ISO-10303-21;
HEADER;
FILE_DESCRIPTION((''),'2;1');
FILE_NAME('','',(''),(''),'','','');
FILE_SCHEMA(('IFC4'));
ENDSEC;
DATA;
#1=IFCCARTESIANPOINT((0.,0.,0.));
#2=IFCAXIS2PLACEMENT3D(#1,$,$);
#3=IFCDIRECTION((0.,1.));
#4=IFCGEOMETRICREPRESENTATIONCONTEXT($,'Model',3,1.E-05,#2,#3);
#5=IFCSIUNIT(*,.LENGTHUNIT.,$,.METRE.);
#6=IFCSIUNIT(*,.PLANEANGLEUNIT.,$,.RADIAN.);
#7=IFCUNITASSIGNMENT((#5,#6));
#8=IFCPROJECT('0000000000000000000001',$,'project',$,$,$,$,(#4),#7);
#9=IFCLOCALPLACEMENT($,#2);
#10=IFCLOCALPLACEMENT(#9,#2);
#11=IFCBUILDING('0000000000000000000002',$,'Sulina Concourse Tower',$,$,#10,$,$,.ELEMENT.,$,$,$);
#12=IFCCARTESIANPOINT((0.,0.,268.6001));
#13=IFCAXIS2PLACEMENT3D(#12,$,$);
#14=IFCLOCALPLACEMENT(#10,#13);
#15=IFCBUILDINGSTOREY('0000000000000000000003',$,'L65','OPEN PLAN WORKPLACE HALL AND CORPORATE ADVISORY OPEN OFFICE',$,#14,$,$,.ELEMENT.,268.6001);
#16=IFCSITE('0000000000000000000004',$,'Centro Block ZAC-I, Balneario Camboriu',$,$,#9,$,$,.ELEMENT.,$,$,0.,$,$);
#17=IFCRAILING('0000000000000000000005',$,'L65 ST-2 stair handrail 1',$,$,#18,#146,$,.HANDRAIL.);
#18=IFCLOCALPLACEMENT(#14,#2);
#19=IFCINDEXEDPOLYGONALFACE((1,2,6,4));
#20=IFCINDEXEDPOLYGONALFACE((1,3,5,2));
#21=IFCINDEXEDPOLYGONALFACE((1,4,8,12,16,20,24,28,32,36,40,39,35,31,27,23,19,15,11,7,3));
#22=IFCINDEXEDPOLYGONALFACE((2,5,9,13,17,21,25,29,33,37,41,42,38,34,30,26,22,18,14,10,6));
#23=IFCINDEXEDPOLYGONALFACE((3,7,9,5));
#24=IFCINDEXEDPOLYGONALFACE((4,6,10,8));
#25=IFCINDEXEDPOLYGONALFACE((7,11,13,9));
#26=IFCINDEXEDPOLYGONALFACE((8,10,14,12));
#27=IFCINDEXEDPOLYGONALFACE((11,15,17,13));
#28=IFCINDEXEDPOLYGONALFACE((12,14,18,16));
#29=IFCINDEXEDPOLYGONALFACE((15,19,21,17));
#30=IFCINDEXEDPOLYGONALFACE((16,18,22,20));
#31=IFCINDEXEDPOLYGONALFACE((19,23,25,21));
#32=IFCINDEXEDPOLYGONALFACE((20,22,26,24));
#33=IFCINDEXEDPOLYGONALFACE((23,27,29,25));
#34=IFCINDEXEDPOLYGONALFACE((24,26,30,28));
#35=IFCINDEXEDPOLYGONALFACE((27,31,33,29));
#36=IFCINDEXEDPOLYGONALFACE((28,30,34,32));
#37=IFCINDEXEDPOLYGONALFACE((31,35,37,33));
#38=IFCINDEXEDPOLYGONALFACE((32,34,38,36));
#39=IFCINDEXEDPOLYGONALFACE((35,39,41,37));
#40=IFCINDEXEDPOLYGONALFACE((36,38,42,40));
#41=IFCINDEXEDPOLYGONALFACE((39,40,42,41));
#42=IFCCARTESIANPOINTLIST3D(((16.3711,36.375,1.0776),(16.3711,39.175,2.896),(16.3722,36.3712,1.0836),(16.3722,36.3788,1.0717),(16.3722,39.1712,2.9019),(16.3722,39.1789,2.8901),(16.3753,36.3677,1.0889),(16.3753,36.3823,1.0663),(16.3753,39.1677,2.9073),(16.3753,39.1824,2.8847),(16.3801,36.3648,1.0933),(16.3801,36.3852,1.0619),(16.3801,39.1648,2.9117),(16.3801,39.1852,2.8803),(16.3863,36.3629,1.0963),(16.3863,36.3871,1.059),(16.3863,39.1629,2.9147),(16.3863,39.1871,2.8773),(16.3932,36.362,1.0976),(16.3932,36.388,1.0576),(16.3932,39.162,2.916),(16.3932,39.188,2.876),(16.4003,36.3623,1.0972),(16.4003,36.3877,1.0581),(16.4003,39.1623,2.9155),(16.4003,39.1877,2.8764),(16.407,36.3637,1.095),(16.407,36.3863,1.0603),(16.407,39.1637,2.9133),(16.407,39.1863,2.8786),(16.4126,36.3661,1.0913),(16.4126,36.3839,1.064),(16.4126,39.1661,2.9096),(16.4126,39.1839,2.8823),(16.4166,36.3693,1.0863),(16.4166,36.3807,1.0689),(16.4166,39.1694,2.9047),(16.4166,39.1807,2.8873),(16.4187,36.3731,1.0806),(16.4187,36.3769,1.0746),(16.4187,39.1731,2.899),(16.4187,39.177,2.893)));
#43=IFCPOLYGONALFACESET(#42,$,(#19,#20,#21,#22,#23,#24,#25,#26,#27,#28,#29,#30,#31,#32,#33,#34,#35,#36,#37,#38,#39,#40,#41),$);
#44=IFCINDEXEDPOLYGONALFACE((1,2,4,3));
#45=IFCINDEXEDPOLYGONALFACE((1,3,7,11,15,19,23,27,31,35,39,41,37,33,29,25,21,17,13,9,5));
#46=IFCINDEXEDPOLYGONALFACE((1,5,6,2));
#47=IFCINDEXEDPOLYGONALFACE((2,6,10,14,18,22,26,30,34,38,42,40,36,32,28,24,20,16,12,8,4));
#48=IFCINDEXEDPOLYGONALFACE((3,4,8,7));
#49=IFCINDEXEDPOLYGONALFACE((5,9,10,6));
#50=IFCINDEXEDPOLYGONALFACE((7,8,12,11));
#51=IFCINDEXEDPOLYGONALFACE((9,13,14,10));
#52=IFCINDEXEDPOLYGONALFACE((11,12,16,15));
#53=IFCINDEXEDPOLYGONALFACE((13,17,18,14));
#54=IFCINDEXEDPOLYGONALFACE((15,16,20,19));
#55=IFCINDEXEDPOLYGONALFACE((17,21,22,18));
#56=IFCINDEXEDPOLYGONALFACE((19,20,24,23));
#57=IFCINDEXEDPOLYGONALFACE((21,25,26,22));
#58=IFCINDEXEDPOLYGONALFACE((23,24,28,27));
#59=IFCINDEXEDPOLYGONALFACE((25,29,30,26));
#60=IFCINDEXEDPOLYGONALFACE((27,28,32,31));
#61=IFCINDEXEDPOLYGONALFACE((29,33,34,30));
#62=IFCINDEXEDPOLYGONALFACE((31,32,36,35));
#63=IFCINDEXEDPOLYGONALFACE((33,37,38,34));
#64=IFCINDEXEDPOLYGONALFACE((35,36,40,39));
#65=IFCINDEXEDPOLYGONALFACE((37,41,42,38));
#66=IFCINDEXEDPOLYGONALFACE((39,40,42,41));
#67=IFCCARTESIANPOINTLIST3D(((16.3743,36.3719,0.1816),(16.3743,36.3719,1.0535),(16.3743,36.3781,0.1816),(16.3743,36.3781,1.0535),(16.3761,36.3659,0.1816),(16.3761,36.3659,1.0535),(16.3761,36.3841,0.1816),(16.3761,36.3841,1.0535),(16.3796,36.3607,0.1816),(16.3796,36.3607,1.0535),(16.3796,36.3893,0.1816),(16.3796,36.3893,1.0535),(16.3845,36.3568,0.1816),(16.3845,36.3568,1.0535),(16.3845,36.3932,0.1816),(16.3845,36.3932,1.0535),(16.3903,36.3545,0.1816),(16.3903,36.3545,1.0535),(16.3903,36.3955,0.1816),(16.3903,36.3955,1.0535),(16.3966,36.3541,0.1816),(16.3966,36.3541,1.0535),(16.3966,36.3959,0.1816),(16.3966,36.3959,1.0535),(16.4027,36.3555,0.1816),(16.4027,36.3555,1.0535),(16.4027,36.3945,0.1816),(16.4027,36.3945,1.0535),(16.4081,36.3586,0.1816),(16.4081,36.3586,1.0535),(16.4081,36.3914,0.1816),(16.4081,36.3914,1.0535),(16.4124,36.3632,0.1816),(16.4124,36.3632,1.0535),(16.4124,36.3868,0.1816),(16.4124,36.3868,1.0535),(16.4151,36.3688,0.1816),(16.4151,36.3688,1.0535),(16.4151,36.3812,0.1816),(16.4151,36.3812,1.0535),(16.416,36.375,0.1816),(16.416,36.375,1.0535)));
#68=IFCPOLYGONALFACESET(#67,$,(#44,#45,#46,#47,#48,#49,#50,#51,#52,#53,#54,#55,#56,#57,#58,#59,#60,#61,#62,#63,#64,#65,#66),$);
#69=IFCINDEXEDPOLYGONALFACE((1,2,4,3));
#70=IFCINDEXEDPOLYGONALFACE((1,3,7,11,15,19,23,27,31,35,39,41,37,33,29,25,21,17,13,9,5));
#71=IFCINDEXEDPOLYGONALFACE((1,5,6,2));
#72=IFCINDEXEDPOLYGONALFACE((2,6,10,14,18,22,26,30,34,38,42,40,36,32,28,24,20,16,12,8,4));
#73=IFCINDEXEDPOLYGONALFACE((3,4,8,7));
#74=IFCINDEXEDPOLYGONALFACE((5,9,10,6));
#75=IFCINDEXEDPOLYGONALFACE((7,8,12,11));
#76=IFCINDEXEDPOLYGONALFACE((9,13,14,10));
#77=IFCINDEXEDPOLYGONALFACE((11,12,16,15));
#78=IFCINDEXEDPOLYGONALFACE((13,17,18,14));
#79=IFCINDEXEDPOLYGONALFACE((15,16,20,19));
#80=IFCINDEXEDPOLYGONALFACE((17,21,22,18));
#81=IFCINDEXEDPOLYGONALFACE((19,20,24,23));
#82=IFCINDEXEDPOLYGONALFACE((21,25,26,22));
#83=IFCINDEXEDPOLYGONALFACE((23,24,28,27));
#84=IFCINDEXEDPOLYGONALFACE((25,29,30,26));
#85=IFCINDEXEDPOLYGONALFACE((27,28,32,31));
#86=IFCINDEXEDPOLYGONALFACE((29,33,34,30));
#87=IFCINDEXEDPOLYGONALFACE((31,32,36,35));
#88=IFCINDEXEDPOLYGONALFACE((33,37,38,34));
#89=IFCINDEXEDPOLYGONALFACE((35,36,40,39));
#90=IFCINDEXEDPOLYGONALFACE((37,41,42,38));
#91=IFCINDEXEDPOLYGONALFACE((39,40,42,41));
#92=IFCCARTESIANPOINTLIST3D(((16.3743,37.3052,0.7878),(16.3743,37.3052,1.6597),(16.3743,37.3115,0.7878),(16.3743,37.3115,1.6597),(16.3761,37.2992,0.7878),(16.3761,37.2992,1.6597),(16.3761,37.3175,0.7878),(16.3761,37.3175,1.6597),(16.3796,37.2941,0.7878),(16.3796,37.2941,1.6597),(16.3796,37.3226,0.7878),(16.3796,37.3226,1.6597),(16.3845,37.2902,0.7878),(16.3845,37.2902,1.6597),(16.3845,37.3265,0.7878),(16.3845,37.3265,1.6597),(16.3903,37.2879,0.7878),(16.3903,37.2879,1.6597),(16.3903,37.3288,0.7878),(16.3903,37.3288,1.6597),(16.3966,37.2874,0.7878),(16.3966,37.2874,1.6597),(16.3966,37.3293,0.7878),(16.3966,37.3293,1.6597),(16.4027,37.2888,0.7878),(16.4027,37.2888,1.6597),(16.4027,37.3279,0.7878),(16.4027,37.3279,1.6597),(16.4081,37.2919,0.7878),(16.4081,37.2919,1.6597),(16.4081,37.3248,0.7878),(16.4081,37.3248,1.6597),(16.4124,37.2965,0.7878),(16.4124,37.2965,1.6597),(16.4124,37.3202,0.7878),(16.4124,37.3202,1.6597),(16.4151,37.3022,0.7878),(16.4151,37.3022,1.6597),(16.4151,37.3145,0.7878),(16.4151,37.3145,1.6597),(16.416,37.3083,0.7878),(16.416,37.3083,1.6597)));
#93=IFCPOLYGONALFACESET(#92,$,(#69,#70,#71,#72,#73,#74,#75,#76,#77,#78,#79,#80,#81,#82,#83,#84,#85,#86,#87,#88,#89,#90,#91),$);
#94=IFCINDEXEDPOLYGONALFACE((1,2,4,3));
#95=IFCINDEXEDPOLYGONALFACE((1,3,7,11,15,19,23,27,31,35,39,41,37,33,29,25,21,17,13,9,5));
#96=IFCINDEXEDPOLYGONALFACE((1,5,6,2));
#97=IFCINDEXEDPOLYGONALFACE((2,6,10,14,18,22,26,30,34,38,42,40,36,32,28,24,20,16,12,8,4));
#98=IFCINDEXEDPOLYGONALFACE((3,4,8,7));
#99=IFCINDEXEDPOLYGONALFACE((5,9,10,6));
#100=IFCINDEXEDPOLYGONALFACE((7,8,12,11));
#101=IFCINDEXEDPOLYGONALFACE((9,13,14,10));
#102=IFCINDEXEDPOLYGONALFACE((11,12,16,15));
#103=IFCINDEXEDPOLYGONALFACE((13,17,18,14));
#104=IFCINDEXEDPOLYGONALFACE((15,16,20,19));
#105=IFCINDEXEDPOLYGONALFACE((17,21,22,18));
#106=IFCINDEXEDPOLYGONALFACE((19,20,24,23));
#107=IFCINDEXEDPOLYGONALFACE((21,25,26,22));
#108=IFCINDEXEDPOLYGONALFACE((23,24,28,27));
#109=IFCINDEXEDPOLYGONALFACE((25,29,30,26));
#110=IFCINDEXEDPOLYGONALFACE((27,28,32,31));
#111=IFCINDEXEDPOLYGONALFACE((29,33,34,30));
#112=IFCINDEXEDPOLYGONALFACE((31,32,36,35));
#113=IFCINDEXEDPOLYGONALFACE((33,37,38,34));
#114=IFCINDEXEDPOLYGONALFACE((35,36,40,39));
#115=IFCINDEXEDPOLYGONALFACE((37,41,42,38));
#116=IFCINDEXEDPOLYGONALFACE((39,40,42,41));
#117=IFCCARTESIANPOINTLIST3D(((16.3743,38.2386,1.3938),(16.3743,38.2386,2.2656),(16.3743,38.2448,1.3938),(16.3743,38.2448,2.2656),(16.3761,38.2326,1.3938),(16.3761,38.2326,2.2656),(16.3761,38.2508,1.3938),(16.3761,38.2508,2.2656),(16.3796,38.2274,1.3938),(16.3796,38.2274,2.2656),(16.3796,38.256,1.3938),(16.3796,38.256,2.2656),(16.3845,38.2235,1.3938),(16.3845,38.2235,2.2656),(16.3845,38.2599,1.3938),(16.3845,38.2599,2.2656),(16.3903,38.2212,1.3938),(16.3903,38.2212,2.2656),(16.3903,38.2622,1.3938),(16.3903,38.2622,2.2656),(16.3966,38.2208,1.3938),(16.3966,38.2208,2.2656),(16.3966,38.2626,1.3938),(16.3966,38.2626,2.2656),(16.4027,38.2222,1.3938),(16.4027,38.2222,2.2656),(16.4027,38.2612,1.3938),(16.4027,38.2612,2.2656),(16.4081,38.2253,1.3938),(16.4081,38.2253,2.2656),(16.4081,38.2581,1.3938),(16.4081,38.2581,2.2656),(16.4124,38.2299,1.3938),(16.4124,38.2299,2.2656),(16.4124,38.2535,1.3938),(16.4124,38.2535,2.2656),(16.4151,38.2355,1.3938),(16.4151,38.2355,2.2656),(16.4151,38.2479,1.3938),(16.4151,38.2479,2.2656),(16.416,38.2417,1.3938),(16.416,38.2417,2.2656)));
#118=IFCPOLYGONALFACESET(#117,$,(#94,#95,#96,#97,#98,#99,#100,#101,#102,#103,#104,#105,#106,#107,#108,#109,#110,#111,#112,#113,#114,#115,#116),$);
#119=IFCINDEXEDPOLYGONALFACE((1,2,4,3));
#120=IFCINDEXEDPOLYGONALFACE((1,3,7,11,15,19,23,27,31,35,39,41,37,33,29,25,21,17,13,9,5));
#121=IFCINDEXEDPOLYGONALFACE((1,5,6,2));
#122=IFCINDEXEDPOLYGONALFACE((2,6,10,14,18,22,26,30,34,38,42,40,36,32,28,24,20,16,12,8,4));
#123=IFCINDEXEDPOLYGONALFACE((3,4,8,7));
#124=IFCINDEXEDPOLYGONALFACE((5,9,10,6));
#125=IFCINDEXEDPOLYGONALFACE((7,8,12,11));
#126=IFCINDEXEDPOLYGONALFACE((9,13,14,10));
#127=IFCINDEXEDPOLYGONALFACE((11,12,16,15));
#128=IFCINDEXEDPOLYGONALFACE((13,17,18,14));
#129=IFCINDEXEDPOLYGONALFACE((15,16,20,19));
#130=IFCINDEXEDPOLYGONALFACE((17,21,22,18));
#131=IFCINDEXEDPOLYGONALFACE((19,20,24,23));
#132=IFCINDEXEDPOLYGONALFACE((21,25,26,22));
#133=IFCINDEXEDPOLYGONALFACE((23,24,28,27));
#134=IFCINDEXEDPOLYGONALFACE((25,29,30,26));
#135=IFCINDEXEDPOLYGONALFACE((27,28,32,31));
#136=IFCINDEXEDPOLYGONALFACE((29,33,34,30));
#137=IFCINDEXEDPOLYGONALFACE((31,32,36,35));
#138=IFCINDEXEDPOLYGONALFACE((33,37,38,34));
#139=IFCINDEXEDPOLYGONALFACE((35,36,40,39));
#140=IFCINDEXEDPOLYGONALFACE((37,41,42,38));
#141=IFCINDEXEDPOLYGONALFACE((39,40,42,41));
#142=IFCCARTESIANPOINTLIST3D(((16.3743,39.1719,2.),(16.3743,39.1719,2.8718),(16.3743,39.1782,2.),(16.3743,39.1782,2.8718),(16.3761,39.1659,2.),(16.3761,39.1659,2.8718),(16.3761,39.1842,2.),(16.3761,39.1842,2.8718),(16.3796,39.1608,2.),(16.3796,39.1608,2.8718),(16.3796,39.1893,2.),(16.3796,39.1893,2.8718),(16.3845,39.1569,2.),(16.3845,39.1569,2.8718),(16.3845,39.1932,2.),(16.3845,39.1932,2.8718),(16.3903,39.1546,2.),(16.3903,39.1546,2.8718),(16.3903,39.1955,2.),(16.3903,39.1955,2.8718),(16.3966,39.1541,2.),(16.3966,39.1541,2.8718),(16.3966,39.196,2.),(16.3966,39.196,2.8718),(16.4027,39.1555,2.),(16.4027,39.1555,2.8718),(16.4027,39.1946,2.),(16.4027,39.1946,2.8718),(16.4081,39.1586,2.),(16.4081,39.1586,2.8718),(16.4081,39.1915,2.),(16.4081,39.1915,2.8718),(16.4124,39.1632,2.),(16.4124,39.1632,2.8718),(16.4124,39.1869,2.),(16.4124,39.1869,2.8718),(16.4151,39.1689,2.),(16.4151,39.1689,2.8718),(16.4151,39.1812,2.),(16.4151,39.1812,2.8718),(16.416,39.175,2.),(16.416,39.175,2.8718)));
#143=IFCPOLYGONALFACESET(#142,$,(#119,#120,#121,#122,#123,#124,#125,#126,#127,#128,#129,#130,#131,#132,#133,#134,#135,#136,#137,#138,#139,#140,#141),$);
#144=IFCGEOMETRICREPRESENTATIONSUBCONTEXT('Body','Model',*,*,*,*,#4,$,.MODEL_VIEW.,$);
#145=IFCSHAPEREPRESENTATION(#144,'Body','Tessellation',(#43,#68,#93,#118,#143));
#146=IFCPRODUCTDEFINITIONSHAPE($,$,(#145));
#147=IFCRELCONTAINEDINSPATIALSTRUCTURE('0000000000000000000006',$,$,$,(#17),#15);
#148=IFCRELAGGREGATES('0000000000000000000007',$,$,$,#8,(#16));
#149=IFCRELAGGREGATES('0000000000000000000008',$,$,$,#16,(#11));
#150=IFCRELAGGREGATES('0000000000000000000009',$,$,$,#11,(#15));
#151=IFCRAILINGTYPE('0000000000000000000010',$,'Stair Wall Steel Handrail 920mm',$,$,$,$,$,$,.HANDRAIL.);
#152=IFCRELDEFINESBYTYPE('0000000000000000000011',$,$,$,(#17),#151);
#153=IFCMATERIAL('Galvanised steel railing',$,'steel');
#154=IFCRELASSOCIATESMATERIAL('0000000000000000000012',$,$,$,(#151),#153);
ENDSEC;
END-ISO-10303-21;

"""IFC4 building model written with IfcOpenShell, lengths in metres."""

from ifc_helpers import new_model, si_unit, direction, frame, origin, origin_2d, place, context, subcontext, project, spatial, circle, extrude, material, type_object, element, save


model = new_model("IFC4")

# Units and contexts
model_context = context("Model", 3, precision=1e-05, world=origin(), true_north=direction((0.0, 1.0)))
body_context = subcontext(model_context, "Body", "Model", "MODEL_VIEW")
ifc_project = project(units=[si_unit("LENGTHUNIT", "METRE"), si_unit("PLANEANGLEUNIT", "RADIAN")], contexts=[model_context])

# Site, building, storey
site_placement = place(None, origin())
site = spatial("IfcSite", under=ifc_project, at=site_placement, Name="Centro Block ZAC-I, Balneario Camboriu", CompositionType="ELEMENT", RefElevation=0.0)
building_placement = place(site_placement, origin())
building = spatial("IfcBuilding", under=site, at=building_placement, Name="Sulina Concourse Tower", CompositionType="ELEMENT")
storey_placement = place(building_placement, frame((0.0, 0.0, 268.6001)))
storey = spatial("IfcBuildingStorey", under=building, at=storey_placement, Name="L65", Description="OPEN PLAN WORKPLACE HALL AND CORPORATE ADVISORY OPEN OFFICE", CompositionType="ELEMENT", Elevation=268.6001)

# Railing
ifc_material_1 = material(Name="Galvanised steel railing", Category="steel")
railing_type_1 = type_object("IfcRailingType", Name="Stair Wall Steel Handrail 920mm", PredefinedType="HANDRAIL", material=ifc_material_1)
railing_1_placement = place(storey_placement, frame((16.395, 36.375, 0.1816)))
element("IfcRailing", 1, at=railing_1_placement, inside=storey, type_object=railing_type_1, Name="L65 ST-2 stair handrail 1", PredefinedType="HANDRAIL", context=body_context, shape_type="SweptSolid", body=[
    extrude(circle(Radius=0.0239, at=origin_2d()), frame((0.0, 0.0, 0.896), z_axis=(0.0, 0.838672, 0.544636), x_axis=(-1.0, 0.0, 0.0)), (0.0, 0.0, 1.0), 3.3386),
    extrude(circle(Radius=0.021, at=origin_2d()), origin(), (0.0, 0.0, 1.0), 0.8718),
    extrude(circle(Radius=0.021, at=origin_2d()), frame((0.0, 0.9333, 0.6062)), (0.0, 0.0, 1.0), 0.8718),
    extrude(circle(Radius=0.021, at=origin_2d()), frame((0.0, 1.8667, 1.2122)), (0.0, 0.0, 1.0), 0.8718),
    extrude(circle(Radius=0.021, at=origin_2d()), frame((0.0, 2.8, 1.8184)), (0.0, 0.0, 1.0), 0.8718),
])

save(model, "model.ifc")
